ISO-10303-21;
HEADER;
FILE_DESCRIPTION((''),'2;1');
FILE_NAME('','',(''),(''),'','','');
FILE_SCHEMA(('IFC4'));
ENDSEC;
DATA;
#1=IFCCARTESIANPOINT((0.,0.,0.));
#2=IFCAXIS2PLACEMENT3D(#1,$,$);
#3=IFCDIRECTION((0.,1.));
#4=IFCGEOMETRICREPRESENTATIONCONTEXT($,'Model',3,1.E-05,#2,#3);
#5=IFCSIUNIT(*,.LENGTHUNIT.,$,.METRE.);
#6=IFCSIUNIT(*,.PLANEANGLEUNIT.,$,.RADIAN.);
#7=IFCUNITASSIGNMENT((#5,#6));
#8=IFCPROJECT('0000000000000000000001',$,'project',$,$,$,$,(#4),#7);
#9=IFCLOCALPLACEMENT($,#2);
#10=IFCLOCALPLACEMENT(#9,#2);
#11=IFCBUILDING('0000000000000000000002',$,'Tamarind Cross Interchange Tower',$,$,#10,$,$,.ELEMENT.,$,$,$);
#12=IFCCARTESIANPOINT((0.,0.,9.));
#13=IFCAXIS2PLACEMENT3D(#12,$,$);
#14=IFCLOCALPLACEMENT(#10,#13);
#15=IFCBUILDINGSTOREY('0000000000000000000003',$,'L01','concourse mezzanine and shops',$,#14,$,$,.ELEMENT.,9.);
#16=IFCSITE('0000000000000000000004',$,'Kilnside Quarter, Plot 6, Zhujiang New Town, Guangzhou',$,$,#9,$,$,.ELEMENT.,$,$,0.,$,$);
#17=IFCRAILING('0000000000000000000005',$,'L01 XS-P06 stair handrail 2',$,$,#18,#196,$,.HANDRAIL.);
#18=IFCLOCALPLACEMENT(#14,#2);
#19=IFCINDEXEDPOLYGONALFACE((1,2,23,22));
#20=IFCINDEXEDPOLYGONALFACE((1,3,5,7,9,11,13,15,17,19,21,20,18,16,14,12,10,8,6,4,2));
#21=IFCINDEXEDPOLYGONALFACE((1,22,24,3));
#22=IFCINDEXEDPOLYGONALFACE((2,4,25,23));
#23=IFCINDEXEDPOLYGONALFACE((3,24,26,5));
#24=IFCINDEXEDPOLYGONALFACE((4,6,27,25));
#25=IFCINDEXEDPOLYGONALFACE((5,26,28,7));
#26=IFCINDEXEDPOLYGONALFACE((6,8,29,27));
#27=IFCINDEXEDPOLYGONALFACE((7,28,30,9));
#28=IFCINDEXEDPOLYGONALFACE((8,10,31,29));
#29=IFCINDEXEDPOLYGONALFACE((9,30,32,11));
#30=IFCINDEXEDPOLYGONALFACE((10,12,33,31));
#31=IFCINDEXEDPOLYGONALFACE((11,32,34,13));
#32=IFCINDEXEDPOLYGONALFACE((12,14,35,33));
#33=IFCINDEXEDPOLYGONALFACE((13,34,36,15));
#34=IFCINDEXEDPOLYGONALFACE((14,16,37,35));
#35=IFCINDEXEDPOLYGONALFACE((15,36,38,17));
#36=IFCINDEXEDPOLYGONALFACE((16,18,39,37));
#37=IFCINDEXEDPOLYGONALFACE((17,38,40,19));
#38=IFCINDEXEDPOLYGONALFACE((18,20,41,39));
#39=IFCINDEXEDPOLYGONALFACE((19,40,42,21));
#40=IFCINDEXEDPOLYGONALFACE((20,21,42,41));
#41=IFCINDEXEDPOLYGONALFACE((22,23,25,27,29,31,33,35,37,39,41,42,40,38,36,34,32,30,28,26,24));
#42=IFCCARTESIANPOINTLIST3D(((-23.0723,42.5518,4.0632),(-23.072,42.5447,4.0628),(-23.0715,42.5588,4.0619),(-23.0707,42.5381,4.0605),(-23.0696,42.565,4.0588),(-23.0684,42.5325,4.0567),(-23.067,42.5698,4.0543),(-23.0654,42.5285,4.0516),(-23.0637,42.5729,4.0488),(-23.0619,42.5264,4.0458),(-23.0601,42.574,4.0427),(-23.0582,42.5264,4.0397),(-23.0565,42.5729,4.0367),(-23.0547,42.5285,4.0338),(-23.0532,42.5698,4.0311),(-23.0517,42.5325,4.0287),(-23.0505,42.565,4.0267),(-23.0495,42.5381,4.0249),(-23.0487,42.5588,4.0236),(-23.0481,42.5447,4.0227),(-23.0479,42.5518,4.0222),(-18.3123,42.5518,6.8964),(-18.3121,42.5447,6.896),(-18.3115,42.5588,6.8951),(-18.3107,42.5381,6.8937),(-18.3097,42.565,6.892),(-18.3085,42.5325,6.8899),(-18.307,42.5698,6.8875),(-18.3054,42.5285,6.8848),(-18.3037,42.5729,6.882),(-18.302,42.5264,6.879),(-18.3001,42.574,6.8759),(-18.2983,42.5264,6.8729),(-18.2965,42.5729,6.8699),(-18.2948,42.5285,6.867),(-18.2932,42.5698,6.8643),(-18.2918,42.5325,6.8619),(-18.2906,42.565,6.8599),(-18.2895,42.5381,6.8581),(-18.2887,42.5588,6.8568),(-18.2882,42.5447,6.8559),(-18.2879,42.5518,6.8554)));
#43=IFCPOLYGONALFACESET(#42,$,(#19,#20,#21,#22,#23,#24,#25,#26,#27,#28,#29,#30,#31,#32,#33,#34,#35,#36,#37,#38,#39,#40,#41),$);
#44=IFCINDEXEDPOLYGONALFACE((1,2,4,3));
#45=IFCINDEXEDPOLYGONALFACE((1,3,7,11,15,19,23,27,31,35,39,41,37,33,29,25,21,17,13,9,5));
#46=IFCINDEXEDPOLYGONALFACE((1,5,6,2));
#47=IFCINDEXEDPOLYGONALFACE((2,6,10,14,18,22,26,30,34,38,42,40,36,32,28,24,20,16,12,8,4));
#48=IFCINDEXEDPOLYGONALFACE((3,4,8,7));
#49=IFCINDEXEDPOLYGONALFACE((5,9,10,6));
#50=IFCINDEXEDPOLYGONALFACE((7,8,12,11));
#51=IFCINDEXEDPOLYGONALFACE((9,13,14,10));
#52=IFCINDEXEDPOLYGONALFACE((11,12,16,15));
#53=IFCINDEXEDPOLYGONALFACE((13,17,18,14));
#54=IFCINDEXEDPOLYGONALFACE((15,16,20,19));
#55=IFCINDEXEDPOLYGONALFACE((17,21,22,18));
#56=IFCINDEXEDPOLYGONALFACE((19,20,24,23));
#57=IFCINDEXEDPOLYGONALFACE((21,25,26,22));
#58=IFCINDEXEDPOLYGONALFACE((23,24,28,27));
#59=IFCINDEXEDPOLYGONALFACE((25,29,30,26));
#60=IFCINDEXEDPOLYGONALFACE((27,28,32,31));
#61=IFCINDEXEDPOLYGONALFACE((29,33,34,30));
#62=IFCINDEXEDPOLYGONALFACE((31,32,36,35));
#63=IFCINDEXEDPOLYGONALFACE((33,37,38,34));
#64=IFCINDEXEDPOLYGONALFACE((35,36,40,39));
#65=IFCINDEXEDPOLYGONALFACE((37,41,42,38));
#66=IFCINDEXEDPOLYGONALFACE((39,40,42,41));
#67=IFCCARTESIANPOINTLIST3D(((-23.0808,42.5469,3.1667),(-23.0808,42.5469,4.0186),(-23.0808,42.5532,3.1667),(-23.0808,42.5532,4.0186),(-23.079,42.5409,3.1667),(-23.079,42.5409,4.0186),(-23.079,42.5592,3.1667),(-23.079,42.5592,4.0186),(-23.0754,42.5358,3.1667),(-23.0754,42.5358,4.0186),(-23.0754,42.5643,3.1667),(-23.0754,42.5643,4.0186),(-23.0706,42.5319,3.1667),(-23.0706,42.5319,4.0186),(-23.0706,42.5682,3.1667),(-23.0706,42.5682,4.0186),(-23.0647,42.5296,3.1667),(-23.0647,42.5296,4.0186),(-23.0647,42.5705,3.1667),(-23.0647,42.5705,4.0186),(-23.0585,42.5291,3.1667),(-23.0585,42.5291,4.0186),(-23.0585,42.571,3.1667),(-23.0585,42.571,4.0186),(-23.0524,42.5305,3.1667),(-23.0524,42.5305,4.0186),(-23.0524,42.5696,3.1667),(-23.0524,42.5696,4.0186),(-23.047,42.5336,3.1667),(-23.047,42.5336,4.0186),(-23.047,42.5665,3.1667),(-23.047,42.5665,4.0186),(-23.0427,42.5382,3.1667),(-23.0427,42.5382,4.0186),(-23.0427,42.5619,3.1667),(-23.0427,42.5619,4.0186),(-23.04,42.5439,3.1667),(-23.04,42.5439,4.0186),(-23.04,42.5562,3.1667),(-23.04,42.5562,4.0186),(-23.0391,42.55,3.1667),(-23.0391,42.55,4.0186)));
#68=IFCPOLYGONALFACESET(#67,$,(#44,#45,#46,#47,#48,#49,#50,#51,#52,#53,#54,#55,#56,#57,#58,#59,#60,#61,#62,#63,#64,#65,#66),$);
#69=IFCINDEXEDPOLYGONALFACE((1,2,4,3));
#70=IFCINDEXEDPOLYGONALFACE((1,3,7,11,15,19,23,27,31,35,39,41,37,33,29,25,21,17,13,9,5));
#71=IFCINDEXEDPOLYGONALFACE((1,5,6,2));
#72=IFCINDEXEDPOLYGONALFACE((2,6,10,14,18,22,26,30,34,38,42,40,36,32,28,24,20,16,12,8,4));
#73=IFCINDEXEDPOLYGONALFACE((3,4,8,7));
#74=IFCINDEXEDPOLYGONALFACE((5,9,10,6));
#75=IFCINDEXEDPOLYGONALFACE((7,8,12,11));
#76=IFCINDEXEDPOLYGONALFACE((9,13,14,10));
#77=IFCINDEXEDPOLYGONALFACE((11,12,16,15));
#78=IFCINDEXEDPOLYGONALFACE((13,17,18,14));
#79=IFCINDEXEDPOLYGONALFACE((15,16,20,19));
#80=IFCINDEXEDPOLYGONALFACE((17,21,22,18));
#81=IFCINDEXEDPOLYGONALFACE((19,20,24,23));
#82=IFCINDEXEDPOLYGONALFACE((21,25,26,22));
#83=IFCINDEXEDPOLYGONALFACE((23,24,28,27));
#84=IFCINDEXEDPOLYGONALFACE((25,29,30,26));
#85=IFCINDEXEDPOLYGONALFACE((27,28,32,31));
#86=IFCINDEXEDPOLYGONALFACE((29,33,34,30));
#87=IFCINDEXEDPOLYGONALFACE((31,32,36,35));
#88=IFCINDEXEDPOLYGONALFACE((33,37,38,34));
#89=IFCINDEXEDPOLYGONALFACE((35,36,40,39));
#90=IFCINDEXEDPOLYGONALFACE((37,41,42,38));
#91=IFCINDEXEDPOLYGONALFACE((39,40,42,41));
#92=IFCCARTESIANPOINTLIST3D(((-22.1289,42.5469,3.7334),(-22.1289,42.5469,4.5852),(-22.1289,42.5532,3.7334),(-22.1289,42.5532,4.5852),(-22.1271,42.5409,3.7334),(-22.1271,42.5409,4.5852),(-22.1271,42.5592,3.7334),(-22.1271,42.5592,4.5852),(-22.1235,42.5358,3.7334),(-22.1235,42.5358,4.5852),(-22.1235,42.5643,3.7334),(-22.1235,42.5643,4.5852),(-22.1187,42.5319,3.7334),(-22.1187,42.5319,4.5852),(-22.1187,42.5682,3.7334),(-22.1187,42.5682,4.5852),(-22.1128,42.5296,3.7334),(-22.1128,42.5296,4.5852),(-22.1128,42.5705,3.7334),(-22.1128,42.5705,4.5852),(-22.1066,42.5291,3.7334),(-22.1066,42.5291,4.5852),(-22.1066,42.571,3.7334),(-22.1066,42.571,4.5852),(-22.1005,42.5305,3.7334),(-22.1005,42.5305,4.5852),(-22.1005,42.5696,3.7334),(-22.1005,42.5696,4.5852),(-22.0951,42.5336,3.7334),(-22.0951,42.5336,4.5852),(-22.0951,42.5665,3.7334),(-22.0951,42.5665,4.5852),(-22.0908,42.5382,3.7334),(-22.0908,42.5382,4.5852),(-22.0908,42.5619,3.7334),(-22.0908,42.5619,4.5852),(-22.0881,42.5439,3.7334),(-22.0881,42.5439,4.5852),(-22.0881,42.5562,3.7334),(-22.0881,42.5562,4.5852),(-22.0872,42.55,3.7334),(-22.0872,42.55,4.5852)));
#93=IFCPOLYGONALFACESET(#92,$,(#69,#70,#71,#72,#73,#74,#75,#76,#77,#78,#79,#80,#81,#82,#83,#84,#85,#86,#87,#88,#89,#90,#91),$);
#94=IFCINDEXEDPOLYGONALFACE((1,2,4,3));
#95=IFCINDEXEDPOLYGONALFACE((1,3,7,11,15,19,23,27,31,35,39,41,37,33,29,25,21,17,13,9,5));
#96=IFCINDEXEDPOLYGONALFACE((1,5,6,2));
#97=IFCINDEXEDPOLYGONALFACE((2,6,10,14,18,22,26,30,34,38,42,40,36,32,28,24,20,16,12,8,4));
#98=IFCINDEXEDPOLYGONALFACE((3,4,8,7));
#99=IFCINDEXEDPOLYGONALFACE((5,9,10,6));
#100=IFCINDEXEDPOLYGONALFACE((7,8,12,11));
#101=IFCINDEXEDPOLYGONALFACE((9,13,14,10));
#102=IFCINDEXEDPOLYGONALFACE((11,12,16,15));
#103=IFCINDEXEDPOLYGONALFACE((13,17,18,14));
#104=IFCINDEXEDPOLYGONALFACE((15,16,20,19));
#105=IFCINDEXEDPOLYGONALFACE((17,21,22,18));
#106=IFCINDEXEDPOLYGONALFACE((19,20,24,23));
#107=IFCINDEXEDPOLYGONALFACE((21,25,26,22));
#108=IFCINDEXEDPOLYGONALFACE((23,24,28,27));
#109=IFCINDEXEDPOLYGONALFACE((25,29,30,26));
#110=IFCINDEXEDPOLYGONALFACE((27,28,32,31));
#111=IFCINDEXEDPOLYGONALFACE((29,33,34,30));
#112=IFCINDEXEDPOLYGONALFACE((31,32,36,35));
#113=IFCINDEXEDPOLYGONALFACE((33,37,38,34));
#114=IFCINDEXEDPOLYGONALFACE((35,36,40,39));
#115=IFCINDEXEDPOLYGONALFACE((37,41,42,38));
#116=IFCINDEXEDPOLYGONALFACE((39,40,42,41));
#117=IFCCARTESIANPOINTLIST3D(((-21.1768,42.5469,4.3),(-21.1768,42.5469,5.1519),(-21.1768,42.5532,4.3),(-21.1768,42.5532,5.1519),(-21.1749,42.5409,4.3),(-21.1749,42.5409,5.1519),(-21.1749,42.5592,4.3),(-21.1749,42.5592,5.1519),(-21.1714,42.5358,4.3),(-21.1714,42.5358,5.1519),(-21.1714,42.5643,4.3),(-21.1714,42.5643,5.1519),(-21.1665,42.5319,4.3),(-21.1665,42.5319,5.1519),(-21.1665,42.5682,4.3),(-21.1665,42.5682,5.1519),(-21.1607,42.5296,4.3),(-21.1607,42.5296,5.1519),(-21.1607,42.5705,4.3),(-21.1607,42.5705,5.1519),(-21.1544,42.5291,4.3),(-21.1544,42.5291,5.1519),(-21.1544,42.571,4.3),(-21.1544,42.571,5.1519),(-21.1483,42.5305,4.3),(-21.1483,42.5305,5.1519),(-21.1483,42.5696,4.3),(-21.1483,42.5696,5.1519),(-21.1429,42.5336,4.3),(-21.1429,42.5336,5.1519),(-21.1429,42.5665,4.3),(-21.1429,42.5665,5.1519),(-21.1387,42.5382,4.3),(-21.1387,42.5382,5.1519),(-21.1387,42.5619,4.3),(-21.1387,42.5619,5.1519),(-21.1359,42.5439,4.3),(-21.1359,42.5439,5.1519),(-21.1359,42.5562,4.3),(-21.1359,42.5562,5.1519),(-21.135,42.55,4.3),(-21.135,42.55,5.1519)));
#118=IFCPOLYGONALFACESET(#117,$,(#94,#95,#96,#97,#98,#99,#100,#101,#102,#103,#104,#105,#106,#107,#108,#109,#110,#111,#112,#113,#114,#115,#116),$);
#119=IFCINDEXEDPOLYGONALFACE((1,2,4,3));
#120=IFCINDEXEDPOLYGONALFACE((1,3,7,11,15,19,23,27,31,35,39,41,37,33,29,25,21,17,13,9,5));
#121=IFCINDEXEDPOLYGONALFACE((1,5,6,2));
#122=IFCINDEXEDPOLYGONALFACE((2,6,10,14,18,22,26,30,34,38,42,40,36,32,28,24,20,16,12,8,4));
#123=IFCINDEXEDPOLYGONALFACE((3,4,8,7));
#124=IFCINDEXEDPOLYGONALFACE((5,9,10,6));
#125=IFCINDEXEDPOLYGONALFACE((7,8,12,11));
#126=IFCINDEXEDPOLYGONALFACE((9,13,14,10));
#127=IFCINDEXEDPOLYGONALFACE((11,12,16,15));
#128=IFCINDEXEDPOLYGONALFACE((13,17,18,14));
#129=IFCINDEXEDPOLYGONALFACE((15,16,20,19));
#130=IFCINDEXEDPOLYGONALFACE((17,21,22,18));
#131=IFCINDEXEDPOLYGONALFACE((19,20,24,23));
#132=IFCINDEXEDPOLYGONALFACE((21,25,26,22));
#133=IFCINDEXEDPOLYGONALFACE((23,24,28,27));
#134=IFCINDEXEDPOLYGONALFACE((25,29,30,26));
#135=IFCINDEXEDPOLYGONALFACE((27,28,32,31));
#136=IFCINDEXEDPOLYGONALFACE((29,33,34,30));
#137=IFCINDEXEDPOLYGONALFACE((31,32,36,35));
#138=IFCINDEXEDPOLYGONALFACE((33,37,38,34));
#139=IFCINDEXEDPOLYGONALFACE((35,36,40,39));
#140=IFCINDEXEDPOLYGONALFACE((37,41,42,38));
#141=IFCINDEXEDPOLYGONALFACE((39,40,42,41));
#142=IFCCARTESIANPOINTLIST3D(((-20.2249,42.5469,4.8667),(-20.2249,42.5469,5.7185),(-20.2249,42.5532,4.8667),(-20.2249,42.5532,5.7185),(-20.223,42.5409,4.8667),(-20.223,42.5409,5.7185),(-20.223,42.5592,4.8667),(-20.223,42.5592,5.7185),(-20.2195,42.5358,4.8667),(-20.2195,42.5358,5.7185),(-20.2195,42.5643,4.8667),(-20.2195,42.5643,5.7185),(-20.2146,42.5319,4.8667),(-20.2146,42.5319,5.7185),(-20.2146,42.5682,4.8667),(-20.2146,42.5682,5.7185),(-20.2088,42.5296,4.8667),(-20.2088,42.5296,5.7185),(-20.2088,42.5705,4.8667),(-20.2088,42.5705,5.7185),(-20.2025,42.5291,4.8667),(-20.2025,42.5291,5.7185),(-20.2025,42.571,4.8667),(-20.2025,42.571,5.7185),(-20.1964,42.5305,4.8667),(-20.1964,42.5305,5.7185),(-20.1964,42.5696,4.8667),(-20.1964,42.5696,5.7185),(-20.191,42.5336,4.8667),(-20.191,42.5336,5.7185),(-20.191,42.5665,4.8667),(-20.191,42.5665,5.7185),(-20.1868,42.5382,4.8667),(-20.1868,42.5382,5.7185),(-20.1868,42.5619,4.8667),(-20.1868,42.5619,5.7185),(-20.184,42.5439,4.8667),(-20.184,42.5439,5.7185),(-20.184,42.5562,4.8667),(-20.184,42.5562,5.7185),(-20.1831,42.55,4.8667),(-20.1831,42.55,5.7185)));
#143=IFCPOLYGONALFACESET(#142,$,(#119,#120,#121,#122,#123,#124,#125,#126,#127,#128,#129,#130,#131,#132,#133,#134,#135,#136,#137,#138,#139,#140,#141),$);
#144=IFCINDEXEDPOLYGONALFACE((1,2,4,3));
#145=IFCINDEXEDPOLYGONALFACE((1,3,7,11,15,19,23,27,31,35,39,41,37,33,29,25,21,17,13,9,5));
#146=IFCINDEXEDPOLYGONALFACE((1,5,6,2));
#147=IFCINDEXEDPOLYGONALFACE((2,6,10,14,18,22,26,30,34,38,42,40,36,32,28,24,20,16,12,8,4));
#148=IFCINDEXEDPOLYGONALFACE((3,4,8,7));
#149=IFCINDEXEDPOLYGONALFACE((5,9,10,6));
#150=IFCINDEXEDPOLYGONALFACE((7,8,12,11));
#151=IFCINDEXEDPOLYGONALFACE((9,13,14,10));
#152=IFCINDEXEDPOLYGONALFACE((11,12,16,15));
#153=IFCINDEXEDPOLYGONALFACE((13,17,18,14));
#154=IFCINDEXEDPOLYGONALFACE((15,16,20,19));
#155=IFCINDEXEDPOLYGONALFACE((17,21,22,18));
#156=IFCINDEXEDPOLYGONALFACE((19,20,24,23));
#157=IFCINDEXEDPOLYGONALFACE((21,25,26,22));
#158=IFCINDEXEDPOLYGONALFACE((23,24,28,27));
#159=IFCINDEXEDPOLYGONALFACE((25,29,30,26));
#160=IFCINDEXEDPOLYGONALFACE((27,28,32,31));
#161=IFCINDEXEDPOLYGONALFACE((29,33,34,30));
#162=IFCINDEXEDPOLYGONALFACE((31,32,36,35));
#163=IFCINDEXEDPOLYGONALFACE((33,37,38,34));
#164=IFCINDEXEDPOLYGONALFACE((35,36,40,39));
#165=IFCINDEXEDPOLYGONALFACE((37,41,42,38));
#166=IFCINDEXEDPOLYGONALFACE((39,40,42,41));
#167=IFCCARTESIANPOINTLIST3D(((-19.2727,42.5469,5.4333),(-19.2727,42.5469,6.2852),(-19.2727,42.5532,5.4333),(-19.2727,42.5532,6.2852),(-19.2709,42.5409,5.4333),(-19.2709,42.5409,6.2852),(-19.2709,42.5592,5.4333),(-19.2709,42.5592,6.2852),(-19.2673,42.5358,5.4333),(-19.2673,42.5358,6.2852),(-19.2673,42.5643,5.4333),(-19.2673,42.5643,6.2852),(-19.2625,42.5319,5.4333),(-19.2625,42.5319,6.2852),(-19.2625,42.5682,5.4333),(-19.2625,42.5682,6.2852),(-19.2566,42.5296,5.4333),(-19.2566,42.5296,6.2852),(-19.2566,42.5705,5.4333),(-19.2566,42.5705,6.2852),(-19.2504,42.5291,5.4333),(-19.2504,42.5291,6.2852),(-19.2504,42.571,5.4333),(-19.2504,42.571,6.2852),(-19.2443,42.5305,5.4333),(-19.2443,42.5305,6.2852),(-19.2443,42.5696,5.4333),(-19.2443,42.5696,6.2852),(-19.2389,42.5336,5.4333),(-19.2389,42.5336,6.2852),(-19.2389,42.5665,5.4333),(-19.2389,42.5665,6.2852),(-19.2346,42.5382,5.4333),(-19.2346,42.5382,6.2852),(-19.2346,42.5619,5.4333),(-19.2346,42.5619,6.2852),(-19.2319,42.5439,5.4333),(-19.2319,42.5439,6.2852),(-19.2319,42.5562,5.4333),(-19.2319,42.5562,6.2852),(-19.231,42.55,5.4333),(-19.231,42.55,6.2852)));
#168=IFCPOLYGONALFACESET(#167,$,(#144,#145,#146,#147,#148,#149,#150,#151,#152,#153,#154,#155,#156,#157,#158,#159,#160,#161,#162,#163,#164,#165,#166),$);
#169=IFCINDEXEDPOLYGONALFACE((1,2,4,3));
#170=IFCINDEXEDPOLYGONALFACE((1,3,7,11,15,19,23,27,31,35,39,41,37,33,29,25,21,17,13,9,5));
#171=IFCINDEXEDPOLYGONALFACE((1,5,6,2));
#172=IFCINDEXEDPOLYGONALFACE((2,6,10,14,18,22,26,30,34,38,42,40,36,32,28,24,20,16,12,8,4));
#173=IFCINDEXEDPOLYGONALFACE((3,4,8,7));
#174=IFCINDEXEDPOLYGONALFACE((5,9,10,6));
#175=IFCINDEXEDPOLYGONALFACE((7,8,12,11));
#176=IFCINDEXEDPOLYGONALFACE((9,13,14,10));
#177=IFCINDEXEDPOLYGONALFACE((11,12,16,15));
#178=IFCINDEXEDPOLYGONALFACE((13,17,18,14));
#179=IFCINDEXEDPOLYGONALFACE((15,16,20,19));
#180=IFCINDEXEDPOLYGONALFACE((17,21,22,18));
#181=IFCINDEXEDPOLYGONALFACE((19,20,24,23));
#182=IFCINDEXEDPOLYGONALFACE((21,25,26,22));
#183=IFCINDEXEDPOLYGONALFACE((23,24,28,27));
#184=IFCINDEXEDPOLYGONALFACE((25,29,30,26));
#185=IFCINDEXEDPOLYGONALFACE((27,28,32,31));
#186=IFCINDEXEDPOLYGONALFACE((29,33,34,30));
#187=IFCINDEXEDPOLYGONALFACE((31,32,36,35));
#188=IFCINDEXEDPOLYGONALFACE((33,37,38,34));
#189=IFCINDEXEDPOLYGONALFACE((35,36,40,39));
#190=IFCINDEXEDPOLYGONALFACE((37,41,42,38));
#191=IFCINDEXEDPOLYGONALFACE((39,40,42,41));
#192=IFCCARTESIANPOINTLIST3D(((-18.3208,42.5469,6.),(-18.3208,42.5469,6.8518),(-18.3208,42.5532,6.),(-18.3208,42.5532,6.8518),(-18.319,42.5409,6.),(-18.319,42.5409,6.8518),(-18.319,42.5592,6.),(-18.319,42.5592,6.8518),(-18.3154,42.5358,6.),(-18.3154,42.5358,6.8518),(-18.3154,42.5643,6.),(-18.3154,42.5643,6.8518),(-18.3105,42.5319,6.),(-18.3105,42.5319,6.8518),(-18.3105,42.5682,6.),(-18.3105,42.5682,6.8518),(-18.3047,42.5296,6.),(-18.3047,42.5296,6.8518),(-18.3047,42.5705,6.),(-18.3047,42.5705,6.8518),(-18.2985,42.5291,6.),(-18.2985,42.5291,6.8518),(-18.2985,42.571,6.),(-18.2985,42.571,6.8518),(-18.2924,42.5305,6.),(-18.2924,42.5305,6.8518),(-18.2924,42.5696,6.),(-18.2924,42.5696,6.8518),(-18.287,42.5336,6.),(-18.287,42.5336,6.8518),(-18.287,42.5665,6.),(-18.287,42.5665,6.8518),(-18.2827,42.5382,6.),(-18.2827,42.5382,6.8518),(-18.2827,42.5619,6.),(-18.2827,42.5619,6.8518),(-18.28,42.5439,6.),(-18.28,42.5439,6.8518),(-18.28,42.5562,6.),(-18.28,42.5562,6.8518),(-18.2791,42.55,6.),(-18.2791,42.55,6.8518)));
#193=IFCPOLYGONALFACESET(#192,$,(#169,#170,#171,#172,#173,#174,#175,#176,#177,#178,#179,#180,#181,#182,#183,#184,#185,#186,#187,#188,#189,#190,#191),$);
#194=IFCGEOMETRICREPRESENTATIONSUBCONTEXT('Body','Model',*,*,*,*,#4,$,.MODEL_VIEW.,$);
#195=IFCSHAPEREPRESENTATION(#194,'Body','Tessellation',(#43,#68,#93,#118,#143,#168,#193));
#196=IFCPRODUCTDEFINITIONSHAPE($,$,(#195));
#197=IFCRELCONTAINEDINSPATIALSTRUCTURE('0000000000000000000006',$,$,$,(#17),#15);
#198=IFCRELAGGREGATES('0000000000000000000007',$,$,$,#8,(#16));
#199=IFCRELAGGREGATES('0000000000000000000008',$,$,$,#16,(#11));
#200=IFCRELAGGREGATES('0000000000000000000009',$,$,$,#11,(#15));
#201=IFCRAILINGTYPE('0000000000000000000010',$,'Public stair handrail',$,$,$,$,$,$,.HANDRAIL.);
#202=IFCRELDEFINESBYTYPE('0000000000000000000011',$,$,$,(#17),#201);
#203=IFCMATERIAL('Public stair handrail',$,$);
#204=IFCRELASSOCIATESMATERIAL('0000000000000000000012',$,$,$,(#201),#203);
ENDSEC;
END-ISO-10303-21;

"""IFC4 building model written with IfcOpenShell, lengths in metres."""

from ifc_helpers import new_model, si_unit, direction, frame, origin, origin_2d, place, context, subcontext, project, spatial, circle, extrude, material, type_object, element, save


model = new_model("IFC4")

# Units and contexts
model_context = context("Model", 3, precision=1e-05, world=origin(), true_north=direction((0.0, 1.0)))
body_context = subcontext(model_context, "Body", "Model", "MODEL_VIEW")
ifc_project = project(units=[si_unit("LENGTHUNIT", "METRE"), si_unit("PLANEANGLEUNIT", "RADIAN")], contexts=[model_context])

# Site, building, storey
site_placement = place(None, origin())
site = spatial("IfcSite", under=ifc_project, at=site_placement, Name="Kilnside Quarter, Plot 6, Zhujiang New Town, Guangzhou", CompositionType="ELEMENT", RefElevation=0.0)
building_placement = place(site_placement, origin())
building = spatial("IfcBuilding", under=site, at=building_placement, Name="Tamarind Cross Interchange Tower", CompositionType="ELEMENT")
storey_placement = place(building_placement, frame((0.0, 0.0, 9.0)))
storey = spatial("IfcBuildingStorey", under=building, at=storey_placement, Name="L01", Description="concourse mezzanine and shops", CompositionType="ELEMENT", Elevation=9.0)

# Railing
ifc_material_1 = material(Name="Public stair handrail")
railing_type_1 = type_object("IfcRailingType", Name="Public stair handrail", PredefinedType="HANDRAIL", material=ifc_material_1)
railing_1_placement = place(storey_placement, frame((-23.0601, 42.55, 3.1667)))
element("IfcRailing", 1, at=railing_1_placement, inside=storey, type_object=railing_type_1, Name="L01 XS-P06 stair handrail 2", PredefinedType="HANDRAIL", context=body_context, shape_type="SweptSolid", body=[
    extrude(circle(Radius=0.0239, at=origin_2d()), frame((0.0, 0.0, 0.876), z_axis=(0.8593, 0.0, 0.511472), x_axis=(0.0, 1.0, 0.0)), (0.0, 0.0, 1.0), 5.5393),
    extrude(circle(Radius=0.021, at=origin_2d()), origin(), (0.0, 0.0, 1.0), 0.8518),
    extrude(circle(Radius=0.021, at=origin_2d()), frame((0.9519, 0.0, 0.5667)), (0.0, 0.0, 1.0), 0.8518),
    extrude(circle(Radius=0.021, at=origin_2d()), frame((1.9041, 0.0, 1.1333)), (0.0, 0.0, 1.0), 0.8518),
    extrude(circle(Radius=0.021, at=origin_2d()), frame((2.856, 0.0, 1.7)), (0.0, 0.0, 1.0), 0.8518),
    extrude(circle(Radius=0.021, at=origin_2d()), frame((3.8081, 0.0, 2.2666)), (0.0, 0.0, 1.0), 0.8518),
    extrude(circle(Radius=0.021, at=origin_2d()), frame((4.76, 0.0, 2.8333)), (0.0, 0.0, 1.0), 0.8518),
])

save(model, "model.ifc")
